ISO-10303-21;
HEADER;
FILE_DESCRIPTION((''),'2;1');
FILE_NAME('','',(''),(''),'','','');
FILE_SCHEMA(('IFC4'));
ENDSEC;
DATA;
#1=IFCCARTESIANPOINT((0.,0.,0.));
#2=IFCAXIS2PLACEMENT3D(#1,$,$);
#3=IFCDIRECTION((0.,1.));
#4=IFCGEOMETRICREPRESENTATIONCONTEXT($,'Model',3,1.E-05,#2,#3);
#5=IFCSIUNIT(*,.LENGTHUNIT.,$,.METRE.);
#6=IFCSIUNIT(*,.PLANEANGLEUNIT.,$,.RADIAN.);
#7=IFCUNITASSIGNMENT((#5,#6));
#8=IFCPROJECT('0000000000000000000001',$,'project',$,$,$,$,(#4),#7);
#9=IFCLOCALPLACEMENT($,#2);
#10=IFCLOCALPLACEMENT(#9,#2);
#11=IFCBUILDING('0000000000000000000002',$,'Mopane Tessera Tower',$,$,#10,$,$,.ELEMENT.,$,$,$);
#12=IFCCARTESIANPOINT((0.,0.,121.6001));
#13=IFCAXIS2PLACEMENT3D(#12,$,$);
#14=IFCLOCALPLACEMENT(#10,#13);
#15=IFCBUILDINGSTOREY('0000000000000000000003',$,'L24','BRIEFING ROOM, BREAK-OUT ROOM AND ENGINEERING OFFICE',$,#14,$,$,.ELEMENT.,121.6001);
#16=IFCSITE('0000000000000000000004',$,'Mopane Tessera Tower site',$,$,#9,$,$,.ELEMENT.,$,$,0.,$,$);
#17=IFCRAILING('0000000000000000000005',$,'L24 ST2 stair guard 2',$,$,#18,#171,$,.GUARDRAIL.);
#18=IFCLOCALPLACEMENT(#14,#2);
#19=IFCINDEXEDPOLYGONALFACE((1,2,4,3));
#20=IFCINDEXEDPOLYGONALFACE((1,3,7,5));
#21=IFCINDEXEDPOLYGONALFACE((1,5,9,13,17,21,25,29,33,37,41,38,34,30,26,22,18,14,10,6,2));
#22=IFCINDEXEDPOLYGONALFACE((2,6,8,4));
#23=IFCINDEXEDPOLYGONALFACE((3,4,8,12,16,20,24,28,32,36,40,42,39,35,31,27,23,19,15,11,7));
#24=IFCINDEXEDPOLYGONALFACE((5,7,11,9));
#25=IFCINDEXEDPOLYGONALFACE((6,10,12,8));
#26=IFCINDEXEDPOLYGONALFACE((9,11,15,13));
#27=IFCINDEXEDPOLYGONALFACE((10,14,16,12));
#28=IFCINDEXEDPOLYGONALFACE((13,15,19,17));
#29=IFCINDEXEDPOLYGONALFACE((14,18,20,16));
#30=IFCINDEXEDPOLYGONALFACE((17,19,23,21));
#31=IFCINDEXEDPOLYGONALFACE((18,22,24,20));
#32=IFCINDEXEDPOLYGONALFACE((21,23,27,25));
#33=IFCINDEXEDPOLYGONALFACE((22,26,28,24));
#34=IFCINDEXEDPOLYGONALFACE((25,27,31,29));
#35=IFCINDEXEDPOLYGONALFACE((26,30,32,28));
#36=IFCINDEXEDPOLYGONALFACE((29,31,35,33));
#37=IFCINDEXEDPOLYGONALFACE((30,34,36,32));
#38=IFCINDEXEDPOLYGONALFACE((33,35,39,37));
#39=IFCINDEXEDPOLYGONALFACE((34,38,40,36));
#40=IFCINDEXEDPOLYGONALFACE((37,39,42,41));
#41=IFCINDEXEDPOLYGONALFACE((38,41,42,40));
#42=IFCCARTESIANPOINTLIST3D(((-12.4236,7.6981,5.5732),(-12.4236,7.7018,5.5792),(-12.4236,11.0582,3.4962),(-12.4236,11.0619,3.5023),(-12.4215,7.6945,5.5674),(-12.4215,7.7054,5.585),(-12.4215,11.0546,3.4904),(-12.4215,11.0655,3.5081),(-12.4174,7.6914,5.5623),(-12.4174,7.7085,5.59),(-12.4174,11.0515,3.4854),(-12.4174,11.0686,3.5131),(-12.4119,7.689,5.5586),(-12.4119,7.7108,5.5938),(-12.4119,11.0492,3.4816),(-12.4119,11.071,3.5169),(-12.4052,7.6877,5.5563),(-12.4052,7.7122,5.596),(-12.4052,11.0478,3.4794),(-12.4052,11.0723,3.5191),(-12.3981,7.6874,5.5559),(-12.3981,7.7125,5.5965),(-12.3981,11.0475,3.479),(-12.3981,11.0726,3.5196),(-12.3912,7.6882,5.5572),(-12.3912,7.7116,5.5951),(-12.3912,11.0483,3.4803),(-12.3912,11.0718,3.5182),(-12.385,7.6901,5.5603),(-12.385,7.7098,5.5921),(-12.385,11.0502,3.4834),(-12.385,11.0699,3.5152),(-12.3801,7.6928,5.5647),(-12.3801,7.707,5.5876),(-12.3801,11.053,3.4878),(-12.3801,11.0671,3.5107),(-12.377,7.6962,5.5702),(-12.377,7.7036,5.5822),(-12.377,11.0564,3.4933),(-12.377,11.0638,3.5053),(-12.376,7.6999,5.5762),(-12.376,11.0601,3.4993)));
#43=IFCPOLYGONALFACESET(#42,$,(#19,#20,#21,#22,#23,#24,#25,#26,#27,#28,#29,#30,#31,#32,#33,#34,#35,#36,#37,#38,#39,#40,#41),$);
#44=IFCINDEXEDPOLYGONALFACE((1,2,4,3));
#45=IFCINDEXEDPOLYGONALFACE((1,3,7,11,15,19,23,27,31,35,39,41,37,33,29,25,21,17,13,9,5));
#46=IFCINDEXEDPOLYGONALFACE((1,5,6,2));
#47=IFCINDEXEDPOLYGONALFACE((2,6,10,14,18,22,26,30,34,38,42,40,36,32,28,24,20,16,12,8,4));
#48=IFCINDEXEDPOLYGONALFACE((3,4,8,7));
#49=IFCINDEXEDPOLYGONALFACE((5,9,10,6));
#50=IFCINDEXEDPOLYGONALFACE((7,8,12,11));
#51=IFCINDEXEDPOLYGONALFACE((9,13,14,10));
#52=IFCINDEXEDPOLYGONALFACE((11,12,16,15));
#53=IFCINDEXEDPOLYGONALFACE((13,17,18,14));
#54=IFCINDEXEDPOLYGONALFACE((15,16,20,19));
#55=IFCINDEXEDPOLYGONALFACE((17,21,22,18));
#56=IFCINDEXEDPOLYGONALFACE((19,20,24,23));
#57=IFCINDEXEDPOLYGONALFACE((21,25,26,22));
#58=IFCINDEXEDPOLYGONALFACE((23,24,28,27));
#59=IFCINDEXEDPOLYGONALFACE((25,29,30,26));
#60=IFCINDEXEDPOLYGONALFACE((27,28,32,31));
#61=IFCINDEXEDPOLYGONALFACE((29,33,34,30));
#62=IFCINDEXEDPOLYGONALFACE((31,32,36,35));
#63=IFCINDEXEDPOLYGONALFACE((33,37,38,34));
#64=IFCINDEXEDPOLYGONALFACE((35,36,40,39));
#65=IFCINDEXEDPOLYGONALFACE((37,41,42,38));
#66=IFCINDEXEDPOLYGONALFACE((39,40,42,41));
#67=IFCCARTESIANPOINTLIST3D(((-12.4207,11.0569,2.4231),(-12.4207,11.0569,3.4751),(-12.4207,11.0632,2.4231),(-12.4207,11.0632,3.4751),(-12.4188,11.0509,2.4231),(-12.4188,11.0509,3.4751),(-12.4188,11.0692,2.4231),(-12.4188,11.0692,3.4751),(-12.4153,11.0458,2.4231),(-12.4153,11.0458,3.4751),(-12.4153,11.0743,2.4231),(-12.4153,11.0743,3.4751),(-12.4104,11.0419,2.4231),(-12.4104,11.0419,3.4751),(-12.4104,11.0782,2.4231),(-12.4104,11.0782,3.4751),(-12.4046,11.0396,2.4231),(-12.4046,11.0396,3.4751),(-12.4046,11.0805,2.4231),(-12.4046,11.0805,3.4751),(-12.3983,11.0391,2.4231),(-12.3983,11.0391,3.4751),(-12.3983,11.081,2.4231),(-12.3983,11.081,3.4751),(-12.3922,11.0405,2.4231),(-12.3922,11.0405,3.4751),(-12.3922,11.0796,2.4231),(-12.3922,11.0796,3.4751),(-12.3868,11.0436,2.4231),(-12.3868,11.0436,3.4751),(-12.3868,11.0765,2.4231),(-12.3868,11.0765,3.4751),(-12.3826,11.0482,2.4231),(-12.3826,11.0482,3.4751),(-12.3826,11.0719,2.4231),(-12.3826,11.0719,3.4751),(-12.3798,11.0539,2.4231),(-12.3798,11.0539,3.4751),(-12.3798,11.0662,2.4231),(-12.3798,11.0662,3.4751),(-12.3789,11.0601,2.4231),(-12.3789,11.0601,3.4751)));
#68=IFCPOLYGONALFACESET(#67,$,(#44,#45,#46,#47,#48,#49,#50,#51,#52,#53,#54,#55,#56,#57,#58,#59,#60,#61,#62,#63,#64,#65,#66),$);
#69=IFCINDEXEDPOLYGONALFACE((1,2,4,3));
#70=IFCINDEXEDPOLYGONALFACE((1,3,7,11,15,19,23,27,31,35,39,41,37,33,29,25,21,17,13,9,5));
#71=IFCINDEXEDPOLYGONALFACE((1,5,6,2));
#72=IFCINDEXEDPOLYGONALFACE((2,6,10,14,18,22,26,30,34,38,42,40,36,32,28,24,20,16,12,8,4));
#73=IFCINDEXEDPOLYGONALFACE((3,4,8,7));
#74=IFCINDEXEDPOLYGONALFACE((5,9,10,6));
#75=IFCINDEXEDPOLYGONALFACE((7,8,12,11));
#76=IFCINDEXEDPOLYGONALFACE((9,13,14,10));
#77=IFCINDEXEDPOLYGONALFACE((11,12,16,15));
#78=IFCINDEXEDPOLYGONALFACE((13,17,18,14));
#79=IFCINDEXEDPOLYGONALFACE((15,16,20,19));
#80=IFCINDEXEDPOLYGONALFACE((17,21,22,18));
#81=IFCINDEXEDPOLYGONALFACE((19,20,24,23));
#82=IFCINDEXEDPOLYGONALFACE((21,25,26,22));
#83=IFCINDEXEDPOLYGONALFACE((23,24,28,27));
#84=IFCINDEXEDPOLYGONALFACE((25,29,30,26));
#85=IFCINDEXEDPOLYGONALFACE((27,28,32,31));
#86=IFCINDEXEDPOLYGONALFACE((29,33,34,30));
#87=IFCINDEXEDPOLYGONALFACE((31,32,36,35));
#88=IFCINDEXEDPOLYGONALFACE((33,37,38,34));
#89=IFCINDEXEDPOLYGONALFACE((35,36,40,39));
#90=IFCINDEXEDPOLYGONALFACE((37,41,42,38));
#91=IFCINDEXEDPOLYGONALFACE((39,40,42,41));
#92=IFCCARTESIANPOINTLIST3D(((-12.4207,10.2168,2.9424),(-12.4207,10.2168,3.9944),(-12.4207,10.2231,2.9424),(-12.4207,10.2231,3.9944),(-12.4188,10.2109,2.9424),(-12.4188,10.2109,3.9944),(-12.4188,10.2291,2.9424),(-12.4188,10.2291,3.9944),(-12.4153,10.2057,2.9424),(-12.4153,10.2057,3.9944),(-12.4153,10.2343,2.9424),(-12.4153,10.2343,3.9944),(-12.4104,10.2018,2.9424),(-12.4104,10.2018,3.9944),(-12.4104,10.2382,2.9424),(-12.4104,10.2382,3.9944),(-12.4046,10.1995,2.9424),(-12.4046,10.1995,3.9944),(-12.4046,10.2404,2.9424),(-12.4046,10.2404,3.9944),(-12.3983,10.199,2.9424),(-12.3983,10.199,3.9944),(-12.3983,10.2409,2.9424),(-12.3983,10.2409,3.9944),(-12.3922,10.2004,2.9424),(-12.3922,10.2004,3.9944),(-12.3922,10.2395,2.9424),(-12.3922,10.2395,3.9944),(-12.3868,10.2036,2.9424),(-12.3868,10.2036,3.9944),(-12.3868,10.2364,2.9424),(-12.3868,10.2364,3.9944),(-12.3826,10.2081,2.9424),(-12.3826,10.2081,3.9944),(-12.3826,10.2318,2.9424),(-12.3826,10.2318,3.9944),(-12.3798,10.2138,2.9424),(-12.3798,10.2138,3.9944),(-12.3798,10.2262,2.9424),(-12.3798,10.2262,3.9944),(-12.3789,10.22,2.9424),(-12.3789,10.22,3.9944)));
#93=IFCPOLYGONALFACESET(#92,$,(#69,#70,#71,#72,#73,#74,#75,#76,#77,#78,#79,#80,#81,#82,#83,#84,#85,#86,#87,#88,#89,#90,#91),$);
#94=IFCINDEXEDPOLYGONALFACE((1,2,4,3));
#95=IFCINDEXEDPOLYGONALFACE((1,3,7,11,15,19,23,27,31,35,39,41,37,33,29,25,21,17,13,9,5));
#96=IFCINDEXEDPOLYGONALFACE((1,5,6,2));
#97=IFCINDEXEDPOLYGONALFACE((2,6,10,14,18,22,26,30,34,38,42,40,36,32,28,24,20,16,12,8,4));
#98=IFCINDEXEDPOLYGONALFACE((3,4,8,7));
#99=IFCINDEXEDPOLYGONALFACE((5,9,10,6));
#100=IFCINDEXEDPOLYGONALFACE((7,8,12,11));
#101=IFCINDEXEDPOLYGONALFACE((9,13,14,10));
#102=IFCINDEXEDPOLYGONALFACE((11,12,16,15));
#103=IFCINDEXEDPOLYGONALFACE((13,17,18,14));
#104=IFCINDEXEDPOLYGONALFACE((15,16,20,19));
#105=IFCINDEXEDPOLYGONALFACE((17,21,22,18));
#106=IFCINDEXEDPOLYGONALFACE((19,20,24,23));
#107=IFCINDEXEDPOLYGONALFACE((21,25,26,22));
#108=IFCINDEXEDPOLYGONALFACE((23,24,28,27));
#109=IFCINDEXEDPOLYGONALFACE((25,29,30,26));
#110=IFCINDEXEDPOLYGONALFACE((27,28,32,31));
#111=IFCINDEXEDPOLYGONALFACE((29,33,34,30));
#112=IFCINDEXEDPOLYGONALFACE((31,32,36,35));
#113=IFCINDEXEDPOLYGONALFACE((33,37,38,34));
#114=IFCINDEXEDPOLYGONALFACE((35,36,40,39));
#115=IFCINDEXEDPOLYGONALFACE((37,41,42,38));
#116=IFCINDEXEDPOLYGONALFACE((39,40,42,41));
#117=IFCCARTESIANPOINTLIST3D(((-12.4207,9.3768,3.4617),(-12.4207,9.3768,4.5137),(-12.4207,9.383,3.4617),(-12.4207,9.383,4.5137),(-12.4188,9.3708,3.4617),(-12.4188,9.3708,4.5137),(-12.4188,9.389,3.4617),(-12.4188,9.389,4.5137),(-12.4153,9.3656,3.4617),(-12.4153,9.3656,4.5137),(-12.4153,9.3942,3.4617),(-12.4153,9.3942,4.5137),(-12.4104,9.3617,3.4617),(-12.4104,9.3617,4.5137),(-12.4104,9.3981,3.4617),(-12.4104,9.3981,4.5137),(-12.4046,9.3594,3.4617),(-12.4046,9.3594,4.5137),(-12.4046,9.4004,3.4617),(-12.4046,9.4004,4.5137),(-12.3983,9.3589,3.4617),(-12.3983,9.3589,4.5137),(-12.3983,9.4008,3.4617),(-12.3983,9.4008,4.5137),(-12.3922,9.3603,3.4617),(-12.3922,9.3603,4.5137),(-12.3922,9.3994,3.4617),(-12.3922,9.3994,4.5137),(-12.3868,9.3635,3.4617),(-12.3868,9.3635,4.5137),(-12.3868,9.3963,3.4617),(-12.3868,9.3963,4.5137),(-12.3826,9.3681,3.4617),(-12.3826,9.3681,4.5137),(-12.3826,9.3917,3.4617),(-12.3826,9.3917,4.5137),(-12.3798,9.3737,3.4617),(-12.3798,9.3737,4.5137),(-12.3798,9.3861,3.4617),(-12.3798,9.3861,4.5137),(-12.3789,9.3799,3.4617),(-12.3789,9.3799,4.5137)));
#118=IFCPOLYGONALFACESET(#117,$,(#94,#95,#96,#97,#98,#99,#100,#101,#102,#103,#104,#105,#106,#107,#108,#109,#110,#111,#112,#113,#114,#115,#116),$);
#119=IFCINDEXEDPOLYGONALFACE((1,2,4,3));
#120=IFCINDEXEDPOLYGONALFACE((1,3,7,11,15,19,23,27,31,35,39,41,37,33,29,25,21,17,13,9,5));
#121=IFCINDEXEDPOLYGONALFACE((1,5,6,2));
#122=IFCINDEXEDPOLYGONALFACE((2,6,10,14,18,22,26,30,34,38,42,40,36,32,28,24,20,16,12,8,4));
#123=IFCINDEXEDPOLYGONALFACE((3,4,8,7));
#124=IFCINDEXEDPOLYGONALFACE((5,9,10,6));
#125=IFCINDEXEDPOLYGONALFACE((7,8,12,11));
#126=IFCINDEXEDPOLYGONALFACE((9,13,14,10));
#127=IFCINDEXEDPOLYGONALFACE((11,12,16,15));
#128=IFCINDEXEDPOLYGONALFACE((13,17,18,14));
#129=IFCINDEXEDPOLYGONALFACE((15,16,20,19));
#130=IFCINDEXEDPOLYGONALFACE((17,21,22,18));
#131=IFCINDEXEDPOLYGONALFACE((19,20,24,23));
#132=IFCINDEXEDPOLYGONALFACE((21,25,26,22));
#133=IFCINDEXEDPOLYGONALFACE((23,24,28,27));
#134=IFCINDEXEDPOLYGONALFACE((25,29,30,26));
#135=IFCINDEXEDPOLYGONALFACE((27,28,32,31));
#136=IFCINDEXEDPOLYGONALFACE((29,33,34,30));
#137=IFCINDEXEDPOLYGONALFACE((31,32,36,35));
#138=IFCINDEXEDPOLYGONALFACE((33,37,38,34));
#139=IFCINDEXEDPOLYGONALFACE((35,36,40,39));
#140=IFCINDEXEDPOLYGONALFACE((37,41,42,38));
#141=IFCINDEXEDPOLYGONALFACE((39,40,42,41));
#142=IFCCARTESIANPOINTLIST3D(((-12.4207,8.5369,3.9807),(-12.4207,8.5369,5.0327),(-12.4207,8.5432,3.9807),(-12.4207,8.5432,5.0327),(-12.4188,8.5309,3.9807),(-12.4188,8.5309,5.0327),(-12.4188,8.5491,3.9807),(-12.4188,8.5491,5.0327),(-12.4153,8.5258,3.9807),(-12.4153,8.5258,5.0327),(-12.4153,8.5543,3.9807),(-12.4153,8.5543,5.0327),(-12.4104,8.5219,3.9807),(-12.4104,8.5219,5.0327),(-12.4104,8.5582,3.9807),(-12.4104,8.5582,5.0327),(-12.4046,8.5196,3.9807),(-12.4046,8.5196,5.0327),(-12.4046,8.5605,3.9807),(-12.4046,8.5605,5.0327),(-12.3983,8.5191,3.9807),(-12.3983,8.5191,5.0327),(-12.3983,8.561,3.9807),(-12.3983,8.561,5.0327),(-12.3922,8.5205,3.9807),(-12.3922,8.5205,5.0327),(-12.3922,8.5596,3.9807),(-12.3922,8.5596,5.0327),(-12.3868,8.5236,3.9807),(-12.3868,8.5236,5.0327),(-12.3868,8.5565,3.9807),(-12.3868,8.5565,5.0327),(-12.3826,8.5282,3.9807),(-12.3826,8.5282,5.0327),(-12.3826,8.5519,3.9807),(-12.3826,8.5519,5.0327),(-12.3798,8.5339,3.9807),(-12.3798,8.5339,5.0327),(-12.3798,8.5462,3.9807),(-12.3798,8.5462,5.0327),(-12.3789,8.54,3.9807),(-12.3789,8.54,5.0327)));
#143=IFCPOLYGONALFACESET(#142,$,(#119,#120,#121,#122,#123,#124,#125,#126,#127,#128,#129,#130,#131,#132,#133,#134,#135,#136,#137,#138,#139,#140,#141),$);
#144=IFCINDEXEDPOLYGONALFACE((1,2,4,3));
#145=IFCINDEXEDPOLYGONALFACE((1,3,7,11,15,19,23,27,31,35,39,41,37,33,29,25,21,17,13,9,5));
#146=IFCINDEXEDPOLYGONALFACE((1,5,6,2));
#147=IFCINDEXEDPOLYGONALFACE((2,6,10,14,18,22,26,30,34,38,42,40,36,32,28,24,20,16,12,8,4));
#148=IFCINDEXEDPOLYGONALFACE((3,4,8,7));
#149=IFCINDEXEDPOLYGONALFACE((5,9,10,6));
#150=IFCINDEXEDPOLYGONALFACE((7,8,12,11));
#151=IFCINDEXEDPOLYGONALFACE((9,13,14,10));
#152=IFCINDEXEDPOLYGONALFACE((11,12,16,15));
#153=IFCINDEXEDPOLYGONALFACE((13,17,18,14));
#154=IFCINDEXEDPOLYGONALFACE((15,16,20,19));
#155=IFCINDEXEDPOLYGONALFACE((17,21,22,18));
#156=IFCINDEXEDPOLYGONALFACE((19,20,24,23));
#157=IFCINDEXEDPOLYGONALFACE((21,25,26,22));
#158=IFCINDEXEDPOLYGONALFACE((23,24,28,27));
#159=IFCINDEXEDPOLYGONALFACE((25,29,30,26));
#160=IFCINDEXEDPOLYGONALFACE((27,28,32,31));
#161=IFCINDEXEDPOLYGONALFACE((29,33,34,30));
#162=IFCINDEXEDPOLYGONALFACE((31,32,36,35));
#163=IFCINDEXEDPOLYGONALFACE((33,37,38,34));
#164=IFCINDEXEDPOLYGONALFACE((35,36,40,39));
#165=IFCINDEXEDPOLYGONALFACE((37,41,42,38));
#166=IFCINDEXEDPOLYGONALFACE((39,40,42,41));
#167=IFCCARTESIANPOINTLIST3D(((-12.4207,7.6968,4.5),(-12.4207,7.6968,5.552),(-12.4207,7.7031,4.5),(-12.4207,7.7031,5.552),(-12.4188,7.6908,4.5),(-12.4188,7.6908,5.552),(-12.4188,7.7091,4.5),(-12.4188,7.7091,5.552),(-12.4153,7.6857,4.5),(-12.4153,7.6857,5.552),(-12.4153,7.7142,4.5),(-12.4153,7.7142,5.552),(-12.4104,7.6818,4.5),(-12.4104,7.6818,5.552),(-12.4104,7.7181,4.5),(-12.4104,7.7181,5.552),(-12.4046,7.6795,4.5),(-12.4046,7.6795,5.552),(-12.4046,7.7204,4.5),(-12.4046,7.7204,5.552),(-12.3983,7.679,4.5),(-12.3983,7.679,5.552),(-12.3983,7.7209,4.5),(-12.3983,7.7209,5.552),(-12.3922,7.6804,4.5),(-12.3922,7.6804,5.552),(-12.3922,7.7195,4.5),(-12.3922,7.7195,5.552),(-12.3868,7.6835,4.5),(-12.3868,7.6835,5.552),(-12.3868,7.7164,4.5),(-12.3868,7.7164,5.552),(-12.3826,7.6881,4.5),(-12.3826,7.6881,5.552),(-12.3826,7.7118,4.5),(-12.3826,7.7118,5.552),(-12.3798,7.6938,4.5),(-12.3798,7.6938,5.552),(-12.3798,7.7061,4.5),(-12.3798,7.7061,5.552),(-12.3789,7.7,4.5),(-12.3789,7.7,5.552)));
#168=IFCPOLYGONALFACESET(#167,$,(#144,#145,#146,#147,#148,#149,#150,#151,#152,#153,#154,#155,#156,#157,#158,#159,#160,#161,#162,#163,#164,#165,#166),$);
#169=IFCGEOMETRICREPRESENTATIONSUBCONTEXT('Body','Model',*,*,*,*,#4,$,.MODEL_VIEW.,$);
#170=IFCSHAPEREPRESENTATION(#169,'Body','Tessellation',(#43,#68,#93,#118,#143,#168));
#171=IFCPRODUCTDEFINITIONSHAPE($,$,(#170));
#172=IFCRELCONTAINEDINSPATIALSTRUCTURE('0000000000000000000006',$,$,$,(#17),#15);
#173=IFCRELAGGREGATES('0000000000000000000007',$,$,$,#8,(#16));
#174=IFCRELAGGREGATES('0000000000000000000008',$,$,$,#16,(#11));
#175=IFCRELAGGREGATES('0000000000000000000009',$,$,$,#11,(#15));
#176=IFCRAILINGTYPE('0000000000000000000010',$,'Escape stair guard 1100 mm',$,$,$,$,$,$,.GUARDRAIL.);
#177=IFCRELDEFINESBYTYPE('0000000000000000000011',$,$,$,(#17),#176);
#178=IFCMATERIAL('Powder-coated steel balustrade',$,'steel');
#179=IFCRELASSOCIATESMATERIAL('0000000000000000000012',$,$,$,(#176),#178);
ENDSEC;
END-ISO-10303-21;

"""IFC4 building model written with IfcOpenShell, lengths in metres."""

from ifc_helpers import new_model, si_unit, direction, frame, origin, origin_2d, place, context, subcontext, project, spatial, circle, extrude, material, type_object, element, save


model = new_model("IFC4")

# Units and contexts
model_context = context("Model", 3, precision=1e-05, world=origin(), true_north=direction((0.0, 1.0)))
body_context = subcontext(model_context, "Body", "Model", "MODEL_VIEW")
ifc_project = project(units=[si_unit("LENGTHUNIT", "METRE"), si_unit("PLANEANGLEUNIT", "RADIAN")], contexts=[model_context])

# Site, building, storey
site_placement = place(None, origin())
site = spatial("IfcSite", under=ifc_project, at=site_placement, Name="Mopane Tessera Tower site", CompositionType="ELEMENT", RefElevation=0.0)
building_placement = place(site_placement, origin())
building = spatial("IfcBuilding", under=site, at=building_placement, Name="Mopane Tessera Tower", CompositionType="ELEMENT")
storey_placement = place(building_placement, frame((0.0, 0.0, 121.6001)))
storey = spatial("IfcBuildingStorey", under=building, at=storey_placement, Name="L24", Description="BRIEFING ROOM, BREAK-OUT ROOM AND ENGINEERING OFFICE", CompositionType="ELEMENT", Elevation=121.6001)

# Railing
ifc_material_1 = material(Name="Powder-coated steel balustrade", Category="steel")
railing_type_1 = type_object("IfcRailingType", Name="Escape stair guard 1100 mm", PredefinedType="GUARDRAIL", material=ifc_material_1)
railing_1_placement = place(storey_placement, frame((-12.3999, 11.0601, 2.4231)))
element("IfcRailing", 1, at=railing_1_placement, inside=storey, type_object=railing_type_1, Name="L24 ST2 stair guard 2", PredefinedType="GUARDRAIL", context=body_context, shape_type="SweptSolid", body=[
    extrude(circle(Radius=0.0239, at=origin_2d()), frame((0.0, 0.0, 1.0762), z_axis=(0.0, -0.850623, 0.525776), x_axis=(1.0, 0.0, 0.0)), (0.0, 0.0, 1.0), 3.9502),
    extrude(circle(Radius=0.021, at=origin_2d()), origin(), (0.0, 0.0, 1.0), 1.052),
    extrude(circle(Radius=0.021, at=origin_2d()), frame((0.0, -0.8401, 0.5193)), (0.0, 0.0, 1.0), 1.052),
    extrude(circle(Radius=0.021, at=origin_2d()), frame((0.0, -1.6802, 1.0386)), (0.0, 0.0, 1.0), 1.052),
    extrude(circle(Radius=0.021, at=origin_2d()), frame((0.0, -2.52, 1.5576)), (0.0, 0.0, 1.0), 1.052),
    extrude(circle(Radius=0.021, at=origin_2d()), frame((0.0, -3.3601, 2.0769)), (0.0, 0.0, 1.0), 1.052),
])

save(model, "model.ifc")
